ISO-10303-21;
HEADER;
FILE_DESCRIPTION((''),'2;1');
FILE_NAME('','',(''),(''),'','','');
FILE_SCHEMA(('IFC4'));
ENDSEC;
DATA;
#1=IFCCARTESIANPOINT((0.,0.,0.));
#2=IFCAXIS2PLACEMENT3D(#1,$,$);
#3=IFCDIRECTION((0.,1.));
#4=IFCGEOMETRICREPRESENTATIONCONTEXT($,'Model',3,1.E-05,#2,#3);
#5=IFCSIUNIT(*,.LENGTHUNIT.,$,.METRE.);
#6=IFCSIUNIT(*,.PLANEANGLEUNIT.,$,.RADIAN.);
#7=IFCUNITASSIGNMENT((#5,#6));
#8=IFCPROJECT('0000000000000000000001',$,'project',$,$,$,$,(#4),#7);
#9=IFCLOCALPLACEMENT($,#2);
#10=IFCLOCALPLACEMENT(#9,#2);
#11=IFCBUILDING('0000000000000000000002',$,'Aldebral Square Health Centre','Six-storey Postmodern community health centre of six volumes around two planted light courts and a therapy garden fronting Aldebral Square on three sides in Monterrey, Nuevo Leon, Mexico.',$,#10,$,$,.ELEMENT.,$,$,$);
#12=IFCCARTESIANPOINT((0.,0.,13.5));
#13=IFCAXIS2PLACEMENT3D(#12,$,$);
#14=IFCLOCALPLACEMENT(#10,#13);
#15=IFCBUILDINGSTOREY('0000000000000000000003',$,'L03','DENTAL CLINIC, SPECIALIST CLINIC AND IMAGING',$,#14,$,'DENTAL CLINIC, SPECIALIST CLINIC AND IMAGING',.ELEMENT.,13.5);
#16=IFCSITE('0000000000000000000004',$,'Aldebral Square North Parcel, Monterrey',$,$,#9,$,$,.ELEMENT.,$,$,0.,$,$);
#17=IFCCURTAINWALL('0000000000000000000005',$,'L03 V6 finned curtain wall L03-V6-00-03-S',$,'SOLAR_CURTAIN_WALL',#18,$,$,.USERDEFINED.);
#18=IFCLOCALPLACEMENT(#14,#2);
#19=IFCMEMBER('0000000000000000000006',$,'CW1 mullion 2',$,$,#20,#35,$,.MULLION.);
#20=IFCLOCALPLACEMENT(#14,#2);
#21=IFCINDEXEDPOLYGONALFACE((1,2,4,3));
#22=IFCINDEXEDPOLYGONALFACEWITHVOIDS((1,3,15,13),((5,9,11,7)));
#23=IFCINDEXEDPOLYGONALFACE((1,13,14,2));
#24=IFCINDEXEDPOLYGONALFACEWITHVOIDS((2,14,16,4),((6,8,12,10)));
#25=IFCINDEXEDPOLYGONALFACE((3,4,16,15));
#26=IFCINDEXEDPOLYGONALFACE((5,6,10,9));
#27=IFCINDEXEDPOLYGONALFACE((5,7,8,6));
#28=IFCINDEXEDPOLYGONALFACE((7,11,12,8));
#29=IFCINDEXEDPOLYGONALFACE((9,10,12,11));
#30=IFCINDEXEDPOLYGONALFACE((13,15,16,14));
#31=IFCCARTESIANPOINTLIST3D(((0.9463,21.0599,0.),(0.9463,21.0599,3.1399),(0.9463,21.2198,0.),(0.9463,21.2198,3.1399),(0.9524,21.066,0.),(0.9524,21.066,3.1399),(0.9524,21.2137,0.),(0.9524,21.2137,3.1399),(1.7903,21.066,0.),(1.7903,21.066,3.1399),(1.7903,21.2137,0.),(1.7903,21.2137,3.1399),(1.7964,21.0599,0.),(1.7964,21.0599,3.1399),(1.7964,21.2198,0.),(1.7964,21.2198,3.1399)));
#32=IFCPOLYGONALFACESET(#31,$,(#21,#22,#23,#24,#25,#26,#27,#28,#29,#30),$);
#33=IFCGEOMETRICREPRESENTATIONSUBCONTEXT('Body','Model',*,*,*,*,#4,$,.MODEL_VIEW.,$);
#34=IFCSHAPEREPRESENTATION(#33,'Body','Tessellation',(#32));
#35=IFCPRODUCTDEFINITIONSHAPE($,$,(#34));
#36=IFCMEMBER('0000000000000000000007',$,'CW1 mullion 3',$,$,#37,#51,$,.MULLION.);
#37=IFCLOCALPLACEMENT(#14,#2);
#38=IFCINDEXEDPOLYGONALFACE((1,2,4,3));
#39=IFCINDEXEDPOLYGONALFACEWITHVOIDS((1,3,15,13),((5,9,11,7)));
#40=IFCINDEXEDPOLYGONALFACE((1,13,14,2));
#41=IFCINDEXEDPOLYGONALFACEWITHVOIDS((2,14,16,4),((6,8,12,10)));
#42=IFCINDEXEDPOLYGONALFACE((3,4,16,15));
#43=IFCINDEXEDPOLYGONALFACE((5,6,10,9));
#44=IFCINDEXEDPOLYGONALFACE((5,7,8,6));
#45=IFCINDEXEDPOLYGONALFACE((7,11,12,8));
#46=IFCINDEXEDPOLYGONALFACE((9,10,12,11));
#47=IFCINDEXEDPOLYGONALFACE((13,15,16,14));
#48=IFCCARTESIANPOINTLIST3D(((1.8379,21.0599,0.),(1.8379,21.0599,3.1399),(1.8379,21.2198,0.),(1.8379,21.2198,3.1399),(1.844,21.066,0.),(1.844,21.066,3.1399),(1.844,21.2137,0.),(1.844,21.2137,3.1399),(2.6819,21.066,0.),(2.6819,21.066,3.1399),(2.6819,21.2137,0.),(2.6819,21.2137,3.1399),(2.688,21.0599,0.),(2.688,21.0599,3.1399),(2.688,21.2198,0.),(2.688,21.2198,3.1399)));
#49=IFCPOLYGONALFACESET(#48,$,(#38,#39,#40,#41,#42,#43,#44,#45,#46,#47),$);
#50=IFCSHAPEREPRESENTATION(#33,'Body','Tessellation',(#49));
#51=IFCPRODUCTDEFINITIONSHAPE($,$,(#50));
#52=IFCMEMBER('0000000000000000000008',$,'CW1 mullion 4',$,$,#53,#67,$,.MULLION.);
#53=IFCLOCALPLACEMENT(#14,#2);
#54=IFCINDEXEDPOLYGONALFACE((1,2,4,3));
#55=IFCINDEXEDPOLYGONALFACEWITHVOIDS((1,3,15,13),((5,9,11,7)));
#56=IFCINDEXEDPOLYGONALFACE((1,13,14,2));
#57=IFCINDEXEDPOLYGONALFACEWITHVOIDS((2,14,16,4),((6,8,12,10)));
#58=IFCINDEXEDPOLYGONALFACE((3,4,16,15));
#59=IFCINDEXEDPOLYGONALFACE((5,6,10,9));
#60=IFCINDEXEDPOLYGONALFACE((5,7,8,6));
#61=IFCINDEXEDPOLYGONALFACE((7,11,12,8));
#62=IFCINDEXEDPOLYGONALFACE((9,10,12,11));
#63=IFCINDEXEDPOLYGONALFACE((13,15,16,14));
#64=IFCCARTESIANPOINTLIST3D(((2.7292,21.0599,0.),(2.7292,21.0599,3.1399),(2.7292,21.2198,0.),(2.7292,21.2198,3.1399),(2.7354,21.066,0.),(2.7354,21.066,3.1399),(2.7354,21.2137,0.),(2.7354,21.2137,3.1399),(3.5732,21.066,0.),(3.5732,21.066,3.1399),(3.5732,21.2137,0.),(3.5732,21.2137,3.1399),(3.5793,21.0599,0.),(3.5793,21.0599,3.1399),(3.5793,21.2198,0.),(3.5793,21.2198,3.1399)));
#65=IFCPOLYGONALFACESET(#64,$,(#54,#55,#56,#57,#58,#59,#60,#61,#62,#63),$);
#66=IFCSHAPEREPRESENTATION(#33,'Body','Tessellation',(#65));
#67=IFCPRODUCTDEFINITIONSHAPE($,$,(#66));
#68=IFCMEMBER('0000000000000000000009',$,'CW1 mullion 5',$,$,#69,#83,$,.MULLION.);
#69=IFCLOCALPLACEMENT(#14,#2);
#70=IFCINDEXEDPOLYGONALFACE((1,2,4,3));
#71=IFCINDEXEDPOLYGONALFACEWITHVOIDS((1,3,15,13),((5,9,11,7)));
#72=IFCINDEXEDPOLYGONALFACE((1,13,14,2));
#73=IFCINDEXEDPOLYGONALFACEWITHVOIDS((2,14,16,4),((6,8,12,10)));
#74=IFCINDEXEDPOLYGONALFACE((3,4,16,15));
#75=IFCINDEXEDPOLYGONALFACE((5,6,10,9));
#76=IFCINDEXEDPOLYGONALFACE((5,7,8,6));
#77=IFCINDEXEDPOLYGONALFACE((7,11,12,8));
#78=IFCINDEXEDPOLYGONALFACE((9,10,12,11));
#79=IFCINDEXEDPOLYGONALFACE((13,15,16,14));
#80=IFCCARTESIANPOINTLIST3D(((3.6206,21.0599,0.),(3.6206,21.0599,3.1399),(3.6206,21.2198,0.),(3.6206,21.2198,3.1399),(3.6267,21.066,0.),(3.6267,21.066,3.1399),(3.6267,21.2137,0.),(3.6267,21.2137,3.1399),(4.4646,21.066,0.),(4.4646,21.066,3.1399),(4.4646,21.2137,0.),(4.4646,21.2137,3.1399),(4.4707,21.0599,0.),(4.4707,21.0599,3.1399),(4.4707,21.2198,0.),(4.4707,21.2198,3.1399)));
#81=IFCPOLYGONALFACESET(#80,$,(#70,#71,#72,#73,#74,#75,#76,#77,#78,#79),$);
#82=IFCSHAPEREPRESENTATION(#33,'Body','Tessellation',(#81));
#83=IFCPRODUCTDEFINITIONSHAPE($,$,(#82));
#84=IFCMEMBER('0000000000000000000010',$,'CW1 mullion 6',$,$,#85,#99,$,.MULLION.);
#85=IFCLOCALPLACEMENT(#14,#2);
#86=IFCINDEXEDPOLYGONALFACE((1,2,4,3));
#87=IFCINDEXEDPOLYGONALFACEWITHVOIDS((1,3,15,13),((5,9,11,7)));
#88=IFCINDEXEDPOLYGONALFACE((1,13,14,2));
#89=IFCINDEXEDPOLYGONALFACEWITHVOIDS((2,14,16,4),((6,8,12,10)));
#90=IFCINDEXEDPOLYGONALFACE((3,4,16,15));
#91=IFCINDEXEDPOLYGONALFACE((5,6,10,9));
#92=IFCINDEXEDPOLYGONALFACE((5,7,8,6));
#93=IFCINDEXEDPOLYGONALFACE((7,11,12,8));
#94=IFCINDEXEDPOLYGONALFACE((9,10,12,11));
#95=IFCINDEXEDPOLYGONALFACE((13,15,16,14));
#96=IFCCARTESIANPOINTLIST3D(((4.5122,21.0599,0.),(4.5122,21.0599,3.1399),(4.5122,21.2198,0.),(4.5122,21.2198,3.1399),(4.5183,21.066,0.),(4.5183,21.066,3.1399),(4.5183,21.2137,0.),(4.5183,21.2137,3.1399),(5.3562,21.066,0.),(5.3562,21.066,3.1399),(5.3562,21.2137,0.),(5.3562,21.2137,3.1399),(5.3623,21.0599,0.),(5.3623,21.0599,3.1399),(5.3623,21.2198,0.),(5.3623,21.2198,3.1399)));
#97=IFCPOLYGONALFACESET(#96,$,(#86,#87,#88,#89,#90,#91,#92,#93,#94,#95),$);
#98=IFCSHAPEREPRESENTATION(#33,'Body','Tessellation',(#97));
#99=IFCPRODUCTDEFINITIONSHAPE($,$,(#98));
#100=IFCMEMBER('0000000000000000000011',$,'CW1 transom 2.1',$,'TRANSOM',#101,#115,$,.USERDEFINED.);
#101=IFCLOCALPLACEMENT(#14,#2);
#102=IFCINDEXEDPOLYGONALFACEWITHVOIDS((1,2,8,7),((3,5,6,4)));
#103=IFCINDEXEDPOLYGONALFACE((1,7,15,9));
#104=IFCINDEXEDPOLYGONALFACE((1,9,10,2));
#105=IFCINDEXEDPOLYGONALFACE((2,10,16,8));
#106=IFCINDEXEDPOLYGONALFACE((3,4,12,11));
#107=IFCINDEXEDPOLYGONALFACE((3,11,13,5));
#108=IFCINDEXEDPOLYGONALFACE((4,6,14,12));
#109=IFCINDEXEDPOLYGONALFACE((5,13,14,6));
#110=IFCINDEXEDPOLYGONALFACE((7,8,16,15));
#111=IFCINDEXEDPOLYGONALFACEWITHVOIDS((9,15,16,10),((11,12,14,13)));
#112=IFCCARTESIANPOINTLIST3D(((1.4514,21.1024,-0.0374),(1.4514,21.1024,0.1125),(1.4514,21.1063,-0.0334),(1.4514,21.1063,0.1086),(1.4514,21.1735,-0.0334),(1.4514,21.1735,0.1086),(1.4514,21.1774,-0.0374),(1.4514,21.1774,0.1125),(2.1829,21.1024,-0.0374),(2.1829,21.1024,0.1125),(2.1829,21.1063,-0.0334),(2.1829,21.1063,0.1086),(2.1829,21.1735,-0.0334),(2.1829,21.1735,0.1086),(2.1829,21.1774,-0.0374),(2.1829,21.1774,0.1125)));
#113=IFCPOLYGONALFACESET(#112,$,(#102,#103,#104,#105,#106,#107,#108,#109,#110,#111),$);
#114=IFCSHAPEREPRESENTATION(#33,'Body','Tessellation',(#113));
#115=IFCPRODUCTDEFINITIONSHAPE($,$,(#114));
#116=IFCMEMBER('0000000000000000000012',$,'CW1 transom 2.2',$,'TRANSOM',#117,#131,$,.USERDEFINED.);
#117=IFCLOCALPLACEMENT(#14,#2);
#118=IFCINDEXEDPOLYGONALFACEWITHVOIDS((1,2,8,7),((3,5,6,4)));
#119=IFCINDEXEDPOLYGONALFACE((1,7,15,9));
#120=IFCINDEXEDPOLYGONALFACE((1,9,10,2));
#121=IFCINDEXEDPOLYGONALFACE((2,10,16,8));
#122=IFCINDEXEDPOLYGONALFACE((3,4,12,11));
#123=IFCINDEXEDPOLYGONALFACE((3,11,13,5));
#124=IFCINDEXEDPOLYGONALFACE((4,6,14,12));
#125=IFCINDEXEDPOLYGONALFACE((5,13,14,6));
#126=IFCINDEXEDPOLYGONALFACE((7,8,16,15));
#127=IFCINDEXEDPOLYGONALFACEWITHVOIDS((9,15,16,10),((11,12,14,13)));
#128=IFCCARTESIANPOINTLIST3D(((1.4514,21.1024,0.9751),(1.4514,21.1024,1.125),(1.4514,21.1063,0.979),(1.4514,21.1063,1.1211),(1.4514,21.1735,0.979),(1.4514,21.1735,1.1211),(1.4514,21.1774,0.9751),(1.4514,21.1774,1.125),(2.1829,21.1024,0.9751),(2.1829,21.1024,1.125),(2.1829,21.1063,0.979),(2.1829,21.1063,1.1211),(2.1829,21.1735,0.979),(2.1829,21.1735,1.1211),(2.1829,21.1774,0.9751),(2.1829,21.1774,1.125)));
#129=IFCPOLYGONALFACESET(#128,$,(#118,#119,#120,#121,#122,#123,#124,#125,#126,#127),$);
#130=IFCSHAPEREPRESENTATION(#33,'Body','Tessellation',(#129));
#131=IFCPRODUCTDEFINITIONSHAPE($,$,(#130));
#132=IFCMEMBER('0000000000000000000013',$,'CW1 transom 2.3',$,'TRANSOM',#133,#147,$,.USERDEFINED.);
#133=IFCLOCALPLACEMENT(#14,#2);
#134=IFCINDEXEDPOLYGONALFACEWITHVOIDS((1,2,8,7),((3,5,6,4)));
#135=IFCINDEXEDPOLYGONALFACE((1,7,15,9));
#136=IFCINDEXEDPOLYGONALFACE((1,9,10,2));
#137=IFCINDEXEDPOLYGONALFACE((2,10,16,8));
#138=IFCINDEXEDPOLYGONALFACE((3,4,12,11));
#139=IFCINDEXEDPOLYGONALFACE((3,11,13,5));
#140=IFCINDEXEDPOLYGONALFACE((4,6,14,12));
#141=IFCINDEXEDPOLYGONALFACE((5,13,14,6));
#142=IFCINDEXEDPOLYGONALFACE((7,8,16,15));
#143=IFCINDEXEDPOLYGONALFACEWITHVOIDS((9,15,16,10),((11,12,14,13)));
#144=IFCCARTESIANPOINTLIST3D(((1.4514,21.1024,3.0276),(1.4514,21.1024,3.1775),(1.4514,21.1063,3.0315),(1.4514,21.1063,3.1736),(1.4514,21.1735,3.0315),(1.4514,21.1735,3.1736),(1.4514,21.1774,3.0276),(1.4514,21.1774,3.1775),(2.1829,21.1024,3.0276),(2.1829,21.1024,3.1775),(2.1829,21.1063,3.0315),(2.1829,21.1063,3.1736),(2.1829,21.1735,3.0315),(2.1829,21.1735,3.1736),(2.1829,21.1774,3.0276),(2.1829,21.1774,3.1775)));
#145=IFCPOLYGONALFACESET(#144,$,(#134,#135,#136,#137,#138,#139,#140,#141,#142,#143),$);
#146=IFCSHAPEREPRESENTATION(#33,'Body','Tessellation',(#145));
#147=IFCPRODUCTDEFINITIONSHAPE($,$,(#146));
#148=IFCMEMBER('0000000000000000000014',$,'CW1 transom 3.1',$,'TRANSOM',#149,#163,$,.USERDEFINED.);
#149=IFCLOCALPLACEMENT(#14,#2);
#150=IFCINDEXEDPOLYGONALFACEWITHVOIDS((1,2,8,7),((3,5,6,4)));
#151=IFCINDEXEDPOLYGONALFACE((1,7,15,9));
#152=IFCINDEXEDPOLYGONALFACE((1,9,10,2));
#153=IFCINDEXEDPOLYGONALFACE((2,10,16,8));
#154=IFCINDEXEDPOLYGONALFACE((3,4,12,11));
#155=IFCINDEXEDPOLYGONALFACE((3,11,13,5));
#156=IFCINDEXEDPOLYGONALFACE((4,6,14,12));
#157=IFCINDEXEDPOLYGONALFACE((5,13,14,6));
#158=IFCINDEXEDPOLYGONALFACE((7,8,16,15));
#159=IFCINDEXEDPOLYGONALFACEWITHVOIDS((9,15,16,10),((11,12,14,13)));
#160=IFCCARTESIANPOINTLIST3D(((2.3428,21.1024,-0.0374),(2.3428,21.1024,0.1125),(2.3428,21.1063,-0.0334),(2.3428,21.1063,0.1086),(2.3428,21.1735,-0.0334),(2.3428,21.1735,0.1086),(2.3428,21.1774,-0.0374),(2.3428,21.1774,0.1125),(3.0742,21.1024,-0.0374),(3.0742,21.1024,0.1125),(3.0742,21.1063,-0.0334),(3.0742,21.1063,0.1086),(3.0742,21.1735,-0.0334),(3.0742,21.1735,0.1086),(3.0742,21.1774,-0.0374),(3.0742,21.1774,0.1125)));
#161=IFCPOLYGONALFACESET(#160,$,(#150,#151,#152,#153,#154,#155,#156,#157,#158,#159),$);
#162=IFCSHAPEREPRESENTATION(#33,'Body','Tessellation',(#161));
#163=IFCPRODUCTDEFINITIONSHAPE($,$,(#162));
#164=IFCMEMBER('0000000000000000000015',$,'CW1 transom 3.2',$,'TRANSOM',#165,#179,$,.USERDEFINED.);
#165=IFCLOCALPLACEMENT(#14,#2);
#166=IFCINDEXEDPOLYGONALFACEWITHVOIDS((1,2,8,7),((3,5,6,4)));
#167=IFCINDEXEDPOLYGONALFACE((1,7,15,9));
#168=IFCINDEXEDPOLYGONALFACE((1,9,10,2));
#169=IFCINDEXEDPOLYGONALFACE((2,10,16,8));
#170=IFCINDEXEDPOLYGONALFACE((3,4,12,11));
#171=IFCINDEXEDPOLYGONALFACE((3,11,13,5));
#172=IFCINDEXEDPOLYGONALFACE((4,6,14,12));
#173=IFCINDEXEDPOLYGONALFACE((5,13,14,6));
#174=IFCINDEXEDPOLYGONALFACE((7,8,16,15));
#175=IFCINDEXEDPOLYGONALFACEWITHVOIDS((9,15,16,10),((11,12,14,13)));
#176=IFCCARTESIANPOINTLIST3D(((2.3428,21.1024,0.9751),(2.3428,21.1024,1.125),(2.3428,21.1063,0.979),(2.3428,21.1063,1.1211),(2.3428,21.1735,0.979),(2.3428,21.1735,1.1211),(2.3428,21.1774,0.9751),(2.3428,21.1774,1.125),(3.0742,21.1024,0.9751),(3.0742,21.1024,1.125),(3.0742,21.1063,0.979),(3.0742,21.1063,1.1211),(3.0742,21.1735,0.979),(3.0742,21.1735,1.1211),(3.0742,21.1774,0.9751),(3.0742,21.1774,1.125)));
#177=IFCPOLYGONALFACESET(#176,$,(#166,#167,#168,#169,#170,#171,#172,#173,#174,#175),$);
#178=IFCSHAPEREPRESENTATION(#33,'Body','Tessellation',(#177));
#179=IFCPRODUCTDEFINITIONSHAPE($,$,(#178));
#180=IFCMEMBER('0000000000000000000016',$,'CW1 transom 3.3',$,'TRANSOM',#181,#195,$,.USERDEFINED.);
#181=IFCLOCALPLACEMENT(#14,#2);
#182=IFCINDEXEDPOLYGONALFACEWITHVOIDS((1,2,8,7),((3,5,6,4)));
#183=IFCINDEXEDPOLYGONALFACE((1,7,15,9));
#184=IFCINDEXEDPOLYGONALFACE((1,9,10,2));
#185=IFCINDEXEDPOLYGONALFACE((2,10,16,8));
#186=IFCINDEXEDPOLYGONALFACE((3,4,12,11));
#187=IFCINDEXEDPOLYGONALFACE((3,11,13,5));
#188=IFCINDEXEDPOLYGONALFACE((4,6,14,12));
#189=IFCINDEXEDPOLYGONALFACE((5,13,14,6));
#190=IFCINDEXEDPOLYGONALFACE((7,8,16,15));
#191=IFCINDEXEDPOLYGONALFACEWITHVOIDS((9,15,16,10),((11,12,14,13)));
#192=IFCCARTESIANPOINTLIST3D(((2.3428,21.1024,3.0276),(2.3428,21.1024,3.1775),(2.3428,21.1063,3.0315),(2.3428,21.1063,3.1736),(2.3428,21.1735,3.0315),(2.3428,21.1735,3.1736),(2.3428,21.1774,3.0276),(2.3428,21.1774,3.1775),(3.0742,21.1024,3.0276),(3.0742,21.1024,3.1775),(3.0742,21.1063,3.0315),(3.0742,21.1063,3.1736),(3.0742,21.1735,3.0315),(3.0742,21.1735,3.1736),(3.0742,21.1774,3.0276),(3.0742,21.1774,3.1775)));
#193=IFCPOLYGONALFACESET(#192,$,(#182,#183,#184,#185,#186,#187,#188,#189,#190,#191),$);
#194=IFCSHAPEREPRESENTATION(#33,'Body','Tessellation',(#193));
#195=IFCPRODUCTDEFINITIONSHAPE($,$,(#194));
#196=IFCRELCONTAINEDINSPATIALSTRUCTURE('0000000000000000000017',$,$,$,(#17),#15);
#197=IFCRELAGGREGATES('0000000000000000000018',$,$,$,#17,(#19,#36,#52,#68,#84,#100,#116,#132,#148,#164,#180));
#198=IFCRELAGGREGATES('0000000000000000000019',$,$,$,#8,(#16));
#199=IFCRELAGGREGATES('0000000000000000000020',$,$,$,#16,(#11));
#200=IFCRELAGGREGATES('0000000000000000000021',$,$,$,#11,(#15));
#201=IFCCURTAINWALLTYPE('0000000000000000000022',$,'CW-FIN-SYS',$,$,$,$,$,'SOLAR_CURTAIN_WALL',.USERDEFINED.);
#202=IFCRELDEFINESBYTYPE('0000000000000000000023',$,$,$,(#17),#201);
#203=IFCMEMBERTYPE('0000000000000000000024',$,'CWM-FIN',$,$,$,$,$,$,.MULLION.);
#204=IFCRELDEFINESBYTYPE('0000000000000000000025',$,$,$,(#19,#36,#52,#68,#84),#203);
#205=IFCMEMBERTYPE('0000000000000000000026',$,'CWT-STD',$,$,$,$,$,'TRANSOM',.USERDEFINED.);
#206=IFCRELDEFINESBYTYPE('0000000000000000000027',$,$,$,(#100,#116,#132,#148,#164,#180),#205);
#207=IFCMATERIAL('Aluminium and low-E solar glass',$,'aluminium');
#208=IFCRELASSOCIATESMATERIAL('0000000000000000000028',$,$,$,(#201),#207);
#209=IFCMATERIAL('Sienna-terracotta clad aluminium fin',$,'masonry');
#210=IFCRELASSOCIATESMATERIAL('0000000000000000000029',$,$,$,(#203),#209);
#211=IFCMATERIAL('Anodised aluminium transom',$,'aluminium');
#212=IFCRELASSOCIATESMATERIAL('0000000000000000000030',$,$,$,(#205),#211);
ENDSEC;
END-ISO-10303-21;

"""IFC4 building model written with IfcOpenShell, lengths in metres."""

from ifc_helpers import new_model, si_unit, direction, frame, origin, origin_2d, place, context, subcontext, project, spatial, hollow_rectangle, extrude, material, material_profile, profile_set, type_object, element, aggregate, save


model = new_model("IFC4")

# Units and contexts
model_context = context("Model", 3, precision=1e-05, world=origin(), true_north=direction((0.0, 1.0)))
body_context = subcontext(model_context, "Body", "Model", "MODEL_VIEW")
ifc_project = project(units=[si_unit("LENGTHUNIT", "METRE"), si_unit("PLANEANGLEUNIT", "RADIAN")], contexts=[model_context])

# Site, building, storey
site_placement = place(None, origin())
site = spatial("IfcSite", under=ifc_project, at=site_placement, Name="Aldebral Square North Parcel, Monterrey", CompositionType="ELEMENT", RefElevation=0.0)
building_placement = place(site_placement, origin())
building = spatial("IfcBuilding", under=site, at=building_placement, Name="Aldebral Square Health Centre", Description="Six-storey Postmodern community health centre of six volumes around two planted light courts and a therapy garden fronting Aldebral Square on three sides in Monterrey, Nuevo Leon, Mexico.", CompositionType="ELEMENT")
storey_placement = place(building_placement, frame((0.0, 0.0, 13.5)))
storey = spatial("IfcBuildingStorey", under=building, at=storey_placement, Name="L03", Description="DENTAL CLINIC, SPECIALIST CLINIC AND IMAGING", LongName="DENTAL CLINIC, SPECIALIST CLINIC AND IMAGING", CompositionType="ELEMENT", Elevation=13.5)

# Curtain wall, members
ifc_material_1 = material(Name="Aluminium and low-E solar glass", Category="aluminium")
curtain_wall_type = type_object("IfcCurtainWallType", Name="CW-FIN-SYS", ElementType="SOLAR_CURTAIN_WALL", PredefinedType="USERDEFINED", material=ifc_material_1)
curtain_wall_placement = place(storey_placement, origin())
curtain_wall = element("IfcCurtainWall", 1, at=curtain_wall_placement, inside=storey, type_object=curtain_wall_type, Name="L03 V6 finned curtain wall L03-V6-00-03-S", ObjectType="SOLAR_CURTAIN_WALL", PredefinedType="USERDEFINED")
ifc_material_2 = material(Name="Sienna-terracotta clad aluminium fin", Category="masonry")
ifc_material_profile_1 = material_profile(ifc_material_2, hollow_rectangle(XDim=0.1599, YDim=0.8501, WallThickness=0.0061, at=origin_2d()), Name="FIN 160x850x6")
ifc_profile_set_1 = profile_set([ifc_material_profile_1], Name="Sienna-terracotta clad aluminium fin")
member_type_1 = type_object("IfcMemberType", Name="CWM-FIN", PredefinedType="MULLION", material=ifc_profile_set_1)
member_1_placement = place(storey_placement, frame((1.3713, 21.1399, 0.0), z_axis=(0.0, 0.0, 1.0), x_axis=(0.0, 1.0, 0.0)))
member_1 = element("IfcMember", 2, at=member_1_placement, type_object=member_type_1, Name="CW1 mullion 2", PredefinedType="MULLION", context=body_context, shape_type="SweptSolid", body=[
    extrude(hollow_rectangle(XDim=0.1599, YDim=0.8501, WallThickness=0.0061, at=origin_2d()), origin(), (0.0, 0.0, 1.0), 3.1399),
])
member_2_placement = place(storey_placement, frame((2.2629, 21.1399, 0.0), z_axis=(0.0, 0.0, 1.0), x_axis=(0.0, 1.0, 0.0)))
member_2 = element("IfcMember", 3, at=member_2_placement, type_object=member_type_1, Name="CW1 mullion 3", PredefinedType="MULLION", context=body_context, shape_type="SweptSolid", body=[
    extrude(hollow_rectangle(XDim=0.1599, YDim=0.8501, WallThickness=0.0061, at=origin_2d()), origin(), (0.0, 0.0, 1.0), 3.1399),
])
member_3_placement = place(storey_placement, frame((3.1543, 21.1399, 0.0), z_axis=(0.0, 0.0, 1.0), x_axis=(0.0, 1.0, 0.0)))
member_3 = element("IfcMember", 4, at=member_3_placement, type_object=member_type_1, Name="CW1 mullion 4", PredefinedType="MULLION", context=body_context, shape_type="SweptSolid", body=[
    extrude(hollow_rectangle(XDim=0.1599, YDim=0.8501, WallThickness=0.0061, at=origin_2d()), origin(), (0.0, 0.0, 1.0), 3.1399),
])
member_4_placement = place(storey_placement, frame((4.0457, 21.1399, 0.0), z_axis=(0.0, 0.0, 1.0), x_axis=(0.0, 1.0, 0.0)))
member_4 = element("IfcMember", 5, at=member_4_placement, type_object=member_type_1, Name="CW1 mullion 5", PredefinedType="MULLION", context=body_context, shape_type="SweptSolid", body=[
    extrude(hollow_rectangle(XDim=0.1599, YDim=0.8501, WallThickness=0.0061, at=origin_2d()), origin(), (0.0, 0.0, 1.0), 3.1399),
])
member_5_placement = place(storey_placement, frame((4.9373, 21.1399, 0.0), z_axis=(0.0, 0.0, 1.0), x_axis=(0.0, 1.0, 0.0)))
member_5 = element("IfcMember", 6, at=member_5_placement, type_object=member_type_1, Name="CW1 mullion 6", PredefinedType="MULLION", context=body_context, shape_type="SweptSolid", body=[
    extrude(hollow_rectangle(XDim=0.1599, YDim=0.8501, WallThickness=0.0061, at=origin_2d()), origin(), (0.0, 0.0, 1.0), 3.1399),
])
ifc_material_3 = material(Name="Anodised aluminium transom", Category="aluminium")
ifc_material_profile_2 = material_profile(ifc_material_3, hollow_rectangle(XDim=0.075, YDim=0.1499, WallThickness=0.0039, at=origin_2d()), Name="CWT 75x150x4")
ifc_profile_set_2 = profile_set([ifc_material_profile_2], Name="Anodised aluminium transom")
member_type_2 = type_object("IfcMemberType", Name="CWT-STD", ElementType="TRANSOM", PredefinedType="USERDEFINED", material=ifc_profile_set_2)
member_6_placement = place(storey_placement, frame((1.4514, 21.1399, 0.0376), z_axis=(1.0, 0.0, 0.0), x_axis=(0.0, 1.0, 0.0)))
member_6 = element("IfcMember", 7, at=member_6_placement, type_object=member_type_2, Name="CW1 transom 2.1", ObjectType="TRANSOM", PredefinedType="USERDEFINED", context=body_context, shape_type="SweptSolid", body=[
    extrude(hollow_rectangle(XDim=0.075, YDim=0.1499, WallThickness=0.0039, at=origin_2d()), origin(), (0.0, 0.0, 1.0), 0.7314),
])
member_7_placement = place(storey_placement, frame((1.4514, 21.1399, 1.05), z_axis=(1.0, 0.0, 0.0), x_axis=(0.0, 1.0, 0.0)))
member_7 = element("IfcMember", 8, at=member_7_placement, type_object=member_type_2, Name="CW1 transom 2.2", ObjectType="TRANSOM", PredefinedType="USERDEFINED", context=body_context, shape_type="SweptSolid", body=[
    extrude(hollow_rectangle(XDim=0.075, YDim=0.1499, WallThickness=0.0039, at=origin_2d()), origin(), (0.0, 0.0, 1.0), 0.7314),
])
member_8_placement = place(storey_placement, frame((1.4514, 21.1399, 3.1025), z_axis=(1.0, 0.0, 0.0), x_axis=(0.0, 1.0, 0.0)))
member_8 = element("IfcMember", 9, at=member_8_placement, type_object=member_type_2, Name="CW1 transom 2.3", ObjectType="TRANSOM", PredefinedType="USERDEFINED", context=body_context, shape_type="SweptSolid", body=[
    extrude(hollow_rectangle(XDim=0.075, YDim=0.1499, WallThickness=0.0039, at=origin_2d()), origin(), (0.0, 0.0, 1.0), 0.7314),
])
member_9_placement = place(storey_placement, frame((2.3428, 21.1399, 0.0376), z_axis=(1.0, 0.0, 0.0), x_axis=(0.0, 1.0, 0.0)))
member_9 = element("IfcMember", 10, at=member_9_placement, type_object=member_type_2, Name="CW1 transom 3.1", ObjectType="TRANSOM", PredefinedType="USERDEFINED", context=body_context, shape_type="SweptSolid", body=[
    extrude(hollow_rectangle(XDim=0.075, YDim=0.1499, WallThickness=0.0039, at=origin_2d()), origin(), (0.0, 0.0, 1.0), 0.7314),
])
member_10_placement = place(storey_placement, frame((2.3428, 21.1399, 1.05), z_axis=(1.0, 0.0, 0.0), x_axis=(0.0, 1.0, 0.0)))
member_10 = element("IfcMember", 11, at=member_10_placement, type_object=member_type_2, Name="CW1 transom 3.2", ObjectType="TRANSOM", PredefinedType="USERDEFINED", context=body_context, shape_type="SweptSolid", body=[
    extrude(hollow_rectangle(XDim=0.075, YDim=0.1499, WallThickness=0.0039, at=origin_2d()), origin(), (0.0, 0.0, 1.0), 0.7314),
])
member_11_placement = place(storey_placement, frame((2.3428, 21.1399, 3.1025), z_axis=(1.0, 0.0, 0.0), x_axis=(0.0, 1.0, 0.0)))
member_11 = element("IfcMember", 12, at=member_11_placement, type_object=member_type_2, Name="CW1 transom 3.3", ObjectType="TRANSOM", PredefinedType="USERDEFINED", context=body_context, shape_type="SweptSolid", body=[
    extrude(hollow_rectangle(XDim=0.075, YDim=0.1499, WallThickness=0.0039, at=origin_2d()), origin(), (0.0, 0.0, 1.0), 0.7314),
])
aggregate(curtain_wall, [member_1, member_2, member_3, member_4, member_5, member_6, member_7, member_8, member_9, member_10, member_11])

save(model, "model.ifc")
